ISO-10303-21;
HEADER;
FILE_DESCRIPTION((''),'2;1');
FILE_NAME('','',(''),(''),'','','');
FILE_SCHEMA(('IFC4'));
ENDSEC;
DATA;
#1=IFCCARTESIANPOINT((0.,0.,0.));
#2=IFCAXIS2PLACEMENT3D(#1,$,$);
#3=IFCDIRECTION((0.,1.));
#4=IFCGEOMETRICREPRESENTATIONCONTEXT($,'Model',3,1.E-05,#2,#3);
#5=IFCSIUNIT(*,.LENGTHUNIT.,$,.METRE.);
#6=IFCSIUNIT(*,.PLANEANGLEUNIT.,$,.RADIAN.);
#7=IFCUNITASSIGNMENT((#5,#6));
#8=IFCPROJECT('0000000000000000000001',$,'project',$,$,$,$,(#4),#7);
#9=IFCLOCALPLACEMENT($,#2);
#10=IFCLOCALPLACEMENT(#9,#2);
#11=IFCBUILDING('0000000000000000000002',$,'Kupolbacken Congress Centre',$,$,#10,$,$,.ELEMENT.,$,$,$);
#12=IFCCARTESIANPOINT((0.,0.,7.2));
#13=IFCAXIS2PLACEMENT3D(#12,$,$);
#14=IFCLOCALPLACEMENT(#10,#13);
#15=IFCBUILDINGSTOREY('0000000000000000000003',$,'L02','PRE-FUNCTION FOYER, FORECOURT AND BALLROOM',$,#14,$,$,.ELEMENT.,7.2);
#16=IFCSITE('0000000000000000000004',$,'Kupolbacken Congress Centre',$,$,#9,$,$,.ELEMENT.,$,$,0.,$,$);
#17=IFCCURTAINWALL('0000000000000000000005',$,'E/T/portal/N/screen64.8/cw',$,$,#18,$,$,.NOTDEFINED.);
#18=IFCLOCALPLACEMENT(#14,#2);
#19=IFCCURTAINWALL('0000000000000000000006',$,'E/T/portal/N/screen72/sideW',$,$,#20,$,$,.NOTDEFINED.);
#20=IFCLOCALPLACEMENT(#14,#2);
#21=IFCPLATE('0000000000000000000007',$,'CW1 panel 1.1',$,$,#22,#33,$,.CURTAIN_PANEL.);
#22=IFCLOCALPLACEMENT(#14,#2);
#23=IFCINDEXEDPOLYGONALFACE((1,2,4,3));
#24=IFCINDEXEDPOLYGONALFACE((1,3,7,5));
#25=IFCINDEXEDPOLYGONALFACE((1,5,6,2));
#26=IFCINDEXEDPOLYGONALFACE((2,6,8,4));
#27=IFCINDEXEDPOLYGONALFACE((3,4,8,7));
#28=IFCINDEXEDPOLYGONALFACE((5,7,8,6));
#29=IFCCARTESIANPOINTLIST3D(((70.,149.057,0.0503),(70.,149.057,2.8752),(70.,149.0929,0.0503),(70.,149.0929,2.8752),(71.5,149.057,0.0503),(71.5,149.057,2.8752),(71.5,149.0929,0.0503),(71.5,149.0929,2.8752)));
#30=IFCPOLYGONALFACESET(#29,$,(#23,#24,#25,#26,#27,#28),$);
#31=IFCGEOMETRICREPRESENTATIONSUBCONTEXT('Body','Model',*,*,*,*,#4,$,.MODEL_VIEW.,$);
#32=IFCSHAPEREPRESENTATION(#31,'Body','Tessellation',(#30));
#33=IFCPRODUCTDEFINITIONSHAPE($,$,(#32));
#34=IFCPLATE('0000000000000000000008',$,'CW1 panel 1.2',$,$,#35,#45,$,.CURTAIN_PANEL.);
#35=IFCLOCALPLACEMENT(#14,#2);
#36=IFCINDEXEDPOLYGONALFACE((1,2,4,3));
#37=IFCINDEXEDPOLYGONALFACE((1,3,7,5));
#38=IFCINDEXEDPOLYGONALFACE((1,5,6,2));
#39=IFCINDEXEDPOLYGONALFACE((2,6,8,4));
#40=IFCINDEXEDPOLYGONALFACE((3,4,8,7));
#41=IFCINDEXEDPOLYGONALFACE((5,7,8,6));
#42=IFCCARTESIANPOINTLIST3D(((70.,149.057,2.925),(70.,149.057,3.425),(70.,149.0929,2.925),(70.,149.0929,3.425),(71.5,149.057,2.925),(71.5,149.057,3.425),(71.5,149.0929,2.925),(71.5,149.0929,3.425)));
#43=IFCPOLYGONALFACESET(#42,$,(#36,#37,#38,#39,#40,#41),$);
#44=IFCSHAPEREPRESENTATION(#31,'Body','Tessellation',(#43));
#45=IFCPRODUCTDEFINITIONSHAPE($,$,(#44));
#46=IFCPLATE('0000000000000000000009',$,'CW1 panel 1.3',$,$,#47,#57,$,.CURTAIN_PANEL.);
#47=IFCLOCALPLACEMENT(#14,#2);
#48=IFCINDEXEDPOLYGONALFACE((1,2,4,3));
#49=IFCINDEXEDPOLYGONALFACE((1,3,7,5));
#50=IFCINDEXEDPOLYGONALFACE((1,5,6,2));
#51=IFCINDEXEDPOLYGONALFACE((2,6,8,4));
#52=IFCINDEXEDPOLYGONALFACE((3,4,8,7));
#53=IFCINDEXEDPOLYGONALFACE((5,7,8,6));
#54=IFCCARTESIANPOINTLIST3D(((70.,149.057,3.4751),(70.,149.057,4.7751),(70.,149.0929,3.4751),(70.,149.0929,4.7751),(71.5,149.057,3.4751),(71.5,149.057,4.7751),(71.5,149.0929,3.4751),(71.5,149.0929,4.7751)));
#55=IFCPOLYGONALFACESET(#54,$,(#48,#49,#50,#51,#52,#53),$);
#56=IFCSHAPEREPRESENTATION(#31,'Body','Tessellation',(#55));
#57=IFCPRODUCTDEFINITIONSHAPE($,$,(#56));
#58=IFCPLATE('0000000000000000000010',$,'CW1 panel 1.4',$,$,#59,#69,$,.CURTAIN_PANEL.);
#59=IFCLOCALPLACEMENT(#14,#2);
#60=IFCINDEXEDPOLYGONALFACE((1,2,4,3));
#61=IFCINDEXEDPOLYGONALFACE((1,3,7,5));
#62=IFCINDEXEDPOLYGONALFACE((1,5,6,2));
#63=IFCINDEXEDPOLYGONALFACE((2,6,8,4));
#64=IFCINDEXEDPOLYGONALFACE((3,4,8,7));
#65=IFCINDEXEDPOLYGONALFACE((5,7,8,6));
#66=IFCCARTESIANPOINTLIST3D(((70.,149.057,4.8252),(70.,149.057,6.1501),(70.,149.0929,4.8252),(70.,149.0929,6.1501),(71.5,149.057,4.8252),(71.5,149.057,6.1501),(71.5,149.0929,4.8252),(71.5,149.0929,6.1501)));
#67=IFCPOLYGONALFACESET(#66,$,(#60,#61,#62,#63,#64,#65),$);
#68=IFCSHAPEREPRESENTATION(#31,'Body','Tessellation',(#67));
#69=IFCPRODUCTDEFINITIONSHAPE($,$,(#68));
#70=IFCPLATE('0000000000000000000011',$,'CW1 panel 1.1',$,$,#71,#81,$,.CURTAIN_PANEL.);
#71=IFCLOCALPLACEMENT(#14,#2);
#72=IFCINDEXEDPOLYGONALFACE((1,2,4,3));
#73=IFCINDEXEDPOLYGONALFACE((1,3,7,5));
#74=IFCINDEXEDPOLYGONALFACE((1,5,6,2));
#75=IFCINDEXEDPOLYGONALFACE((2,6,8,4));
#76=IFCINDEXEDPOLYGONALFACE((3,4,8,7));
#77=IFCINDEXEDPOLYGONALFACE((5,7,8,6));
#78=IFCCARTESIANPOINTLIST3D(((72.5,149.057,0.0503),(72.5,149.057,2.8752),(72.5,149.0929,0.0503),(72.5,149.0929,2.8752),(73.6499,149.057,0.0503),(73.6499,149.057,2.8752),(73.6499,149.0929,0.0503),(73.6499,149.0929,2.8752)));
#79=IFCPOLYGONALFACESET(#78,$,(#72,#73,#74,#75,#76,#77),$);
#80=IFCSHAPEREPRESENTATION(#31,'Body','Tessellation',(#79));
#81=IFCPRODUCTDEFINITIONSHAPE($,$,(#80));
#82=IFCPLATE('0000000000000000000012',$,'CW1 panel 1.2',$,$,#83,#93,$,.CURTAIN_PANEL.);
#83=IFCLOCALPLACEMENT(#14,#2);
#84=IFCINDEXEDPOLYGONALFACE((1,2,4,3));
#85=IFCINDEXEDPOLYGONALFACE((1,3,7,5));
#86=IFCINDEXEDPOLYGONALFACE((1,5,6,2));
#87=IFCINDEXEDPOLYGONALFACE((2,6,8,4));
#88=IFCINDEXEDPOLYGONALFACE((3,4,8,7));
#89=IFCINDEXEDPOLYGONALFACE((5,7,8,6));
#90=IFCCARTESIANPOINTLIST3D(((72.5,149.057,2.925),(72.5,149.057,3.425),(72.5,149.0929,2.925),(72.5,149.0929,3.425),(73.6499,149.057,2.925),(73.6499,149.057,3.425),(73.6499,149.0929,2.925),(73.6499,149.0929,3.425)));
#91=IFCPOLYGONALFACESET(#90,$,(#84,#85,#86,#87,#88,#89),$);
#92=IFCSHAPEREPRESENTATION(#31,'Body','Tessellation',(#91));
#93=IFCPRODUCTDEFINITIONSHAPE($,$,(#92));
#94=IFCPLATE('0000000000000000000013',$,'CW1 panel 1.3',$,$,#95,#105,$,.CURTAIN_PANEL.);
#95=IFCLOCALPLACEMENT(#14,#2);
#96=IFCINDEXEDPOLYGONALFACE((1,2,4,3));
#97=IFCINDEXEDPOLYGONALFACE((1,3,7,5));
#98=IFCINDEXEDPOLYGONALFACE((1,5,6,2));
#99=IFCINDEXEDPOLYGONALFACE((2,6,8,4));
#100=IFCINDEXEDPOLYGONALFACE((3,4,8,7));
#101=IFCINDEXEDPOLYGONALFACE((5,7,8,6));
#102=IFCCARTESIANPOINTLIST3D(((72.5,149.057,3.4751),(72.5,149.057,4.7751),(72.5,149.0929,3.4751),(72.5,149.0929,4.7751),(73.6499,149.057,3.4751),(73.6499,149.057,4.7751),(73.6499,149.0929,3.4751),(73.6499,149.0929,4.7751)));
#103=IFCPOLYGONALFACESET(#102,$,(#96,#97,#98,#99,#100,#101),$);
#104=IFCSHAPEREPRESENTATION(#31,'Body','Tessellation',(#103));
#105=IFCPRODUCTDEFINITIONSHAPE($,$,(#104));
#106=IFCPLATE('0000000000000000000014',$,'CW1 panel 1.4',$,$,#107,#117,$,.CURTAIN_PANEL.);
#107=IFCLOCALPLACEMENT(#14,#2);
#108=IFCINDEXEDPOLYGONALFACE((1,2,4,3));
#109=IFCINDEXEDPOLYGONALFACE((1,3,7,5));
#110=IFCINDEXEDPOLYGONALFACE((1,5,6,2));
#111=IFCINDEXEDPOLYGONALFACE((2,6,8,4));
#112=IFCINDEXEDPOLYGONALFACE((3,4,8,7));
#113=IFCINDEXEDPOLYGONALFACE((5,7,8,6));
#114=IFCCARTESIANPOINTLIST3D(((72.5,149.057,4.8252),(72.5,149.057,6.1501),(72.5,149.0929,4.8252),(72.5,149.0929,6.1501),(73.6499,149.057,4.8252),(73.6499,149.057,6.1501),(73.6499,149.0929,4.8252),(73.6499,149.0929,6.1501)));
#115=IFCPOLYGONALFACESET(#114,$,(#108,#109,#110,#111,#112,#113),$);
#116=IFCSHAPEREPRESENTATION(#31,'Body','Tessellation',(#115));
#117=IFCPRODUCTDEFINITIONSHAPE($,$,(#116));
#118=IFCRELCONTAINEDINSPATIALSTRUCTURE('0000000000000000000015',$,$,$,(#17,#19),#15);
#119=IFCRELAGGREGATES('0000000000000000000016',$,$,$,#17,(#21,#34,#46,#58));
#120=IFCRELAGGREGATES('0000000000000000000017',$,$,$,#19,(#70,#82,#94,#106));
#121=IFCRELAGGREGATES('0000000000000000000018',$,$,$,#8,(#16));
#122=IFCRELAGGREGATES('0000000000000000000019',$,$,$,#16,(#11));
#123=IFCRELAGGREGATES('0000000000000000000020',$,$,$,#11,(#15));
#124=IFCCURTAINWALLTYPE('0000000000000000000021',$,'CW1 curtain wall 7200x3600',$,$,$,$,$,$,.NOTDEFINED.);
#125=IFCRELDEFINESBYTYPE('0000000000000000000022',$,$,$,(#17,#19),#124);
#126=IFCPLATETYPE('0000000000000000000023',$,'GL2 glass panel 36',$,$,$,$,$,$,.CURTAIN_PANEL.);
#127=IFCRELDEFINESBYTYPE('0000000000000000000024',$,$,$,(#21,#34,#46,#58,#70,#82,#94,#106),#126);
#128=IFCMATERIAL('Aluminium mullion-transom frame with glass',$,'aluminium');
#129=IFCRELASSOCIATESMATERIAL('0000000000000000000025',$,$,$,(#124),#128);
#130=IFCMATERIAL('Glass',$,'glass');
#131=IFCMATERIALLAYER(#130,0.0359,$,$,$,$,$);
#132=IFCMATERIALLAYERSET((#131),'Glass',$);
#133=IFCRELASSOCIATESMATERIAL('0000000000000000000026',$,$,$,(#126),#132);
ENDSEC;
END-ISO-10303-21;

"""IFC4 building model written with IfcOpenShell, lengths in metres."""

from ifc_helpers import new_model, si_unit, direction, frame, origin, origin_2d, place, context, subcontext, project, spatial, rectangle, extrude, material, layer, layer_set, type_object, element, aggregate, save


model = new_model("IFC4")

# Units and contexts
model_context = context("Model", 3, precision=1e-05, world=origin(), true_north=direction((0.0, 1.0)))
body_context = subcontext(model_context, "Body", "Model", "MODEL_VIEW")
ifc_project = project(units=[si_unit("LENGTHUNIT", "METRE"), si_unit("PLANEANGLEUNIT", "RADIAN")], contexts=[model_context])

# Site, building, storey
site_placement = place(None, origin())
site = spatial("IfcSite", under=ifc_project, at=site_placement, Name="Kupolbacken Congress Centre", CompositionType="ELEMENT", RefElevation=0.0)
building_placement = place(site_placement, origin())
building = spatial("IfcBuilding", under=site, at=building_placement, Name="Kupolbacken Congress Centre", CompositionType="ELEMENT")
storey_placement = place(building_placement, frame((0.0, 0.0, 7.2)))
storey = spatial("IfcBuildingStorey", under=building, at=storey_placement, Name="L02", Description="PRE-FUNCTION FOYER, FORECOURT AND BALLROOM", CompositionType="ELEMENT", Elevation=7.2)

# Curtain wall
ifc_material_1 = material(Name="Aluminium mullion-transom frame with glass", Category="aluminium")
curtain_wall_type = type_object("IfcCurtainWallType", Name="CW1 curtain wall 7200x3600", PredefinedType="NOTDEFINED", material=ifc_material_1)
curtain_wall_1_placement = place(storey_placement, origin())
curtain_wall_1 = element("IfcCurtainWall", 1, at=curtain_wall_1_placement, inside=storey, type_object=curtain_wall_type, Name="E/T/portal/N/screen64.8/cw", PredefinedType="NOTDEFINED")

# Curtain wall
curtain_wall_2_placement = place(storey_placement, origin())
curtain_wall_2 = element("IfcCurtainWall", 2, at=curtain_wall_2_placement, inside=storey, type_object=curtain_wall_type, Name="E/T/portal/N/screen72/sideW", PredefinedType="NOTDEFINED")

# Plates
ifc_material_2 = material(Name="Glass", Category="glass")
ifc_layer = layer(ifc_material_2, 0.0359)
ifc_layer_set = layer_set([ifc_layer], Name="Glass")
plate_type = type_object("IfcPlateType", Name="GL2 glass panel 36", PredefinedType="CURTAIN_PANEL", material=ifc_layer_set)
plate_1_placement = place(storey_placement, frame((70.75, 149.075, 0.0503), z_axis=(0.0, 0.0, 1.0), x_axis=(-1.0, 0.0, 0.0)))
plate_1 = element("IfcPlate", 3, at=plate_1_placement, type_object=plate_type, Name="CW1 panel 1.1", PredefinedType="CURTAIN_PANEL", context=body_context, shape_type="SweptSolid", body=[
    extrude(rectangle(XDim=1.5, YDim=0.0359, at=origin_2d()), origin(), (0.0, 0.0, 1.0), 2.825),
])
plate_2_placement = place(storey_placement, frame((70.75, 149.075, 2.925), z_axis=(0.0, 0.0, 1.0), x_axis=(-1.0, 0.0, 0.0)))
plate_2 = element("IfcPlate", 4, at=plate_2_placement, type_object=plate_type, Name="CW1 panel 1.2", PredefinedType="CURTAIN_PANEL", context=body_context, shape_type="SweptSolid", body=[
    extrude(rectangle(XDim=1.5, YDim=0.0359, at=origin_2d()), origin(), (0.0, 0.0, 1.0), 0.5),
])
plate_3_placement = place(storey_placement, frame((70.75, 149.075, 3.4751), z_axis=(0.0, 0.0, 1.0), x_axis=(-1.0, 0.0, 0.0)))
plate_3 = element("IfcPlate", 5, at=plate_3_placement, type_object=plate_type, Name="CW1 panel 1.3", PredefinedType="CURTAIN_PANEL", context=body_context, shape_type="SweptSolid", body=[
    extrude(rectangle(XDim=1.5, YDim=0.0359, at=origin_2d()), origin(), (0.0, 0.0, 1.0), 1.3),
])
plate_4_placement = place(storey_placement, frame((70.75, 149.075, 4.8252), z_axis=(0.0, 0.0, 1.0), x_axis=(-1.0, 0.0, 0.0)))
plate_4 = element("IfcPlate", 6, at=plate_4_placement, type_object=plate_type, Name="CW1 panel 1.4", PredefinedType="CURTAIN_PANEL", context=body_context, shape_type="SweptSolid", body=[
    extrude(rectangle(XDim=1.5, YDim=0.0359, at=origin_2d()), origin(), (0.0, 0.0, 1.0), 1.325),
])
aggregate(curtain_wall_1, [plate_1, plate_2, plate_3, plate_4])
plate_5_placement = place(storey_placement, frame((73.075, 149.075, 0.0503), z_axis=(0.0, 0.0, 1.0), x_axis=(-1.0, 0.0, 0.0)))
plate_5 = element("IfcPlate", 7, at=plate_5_placement, type_object=plate_type, Name="CW1 panel 1.1", PredefinedType="CURTAIN_PANEL", context=body_context, shape_type="SweptSolid", body=[
    extrude(rectangle(XDim=1.1499, YDim=0.0359, at=origin_2d()), origin(), (0.0, 0.0, 1.0), 2.825),
])
plate_6_placement = place(storey_placement, frame((73.075, 149.075, 2.925), z_axis=(0.0, 0.0, 1.0), x_axis=(-1.0, 0.0, 0.0)))
plate_6 = element("IfcPlate", 8, at=plate_6_placement, type_object=plate_type, Name="CW1 panel 1.2", PredefinedType="CURTAIN_PANEL", context=body_context, shape_type="SweptSolid", body=[
    extrude(rectangle(XDim=1.1499, YDim=0.0359, at=origin_2d()), origin(), (0.0, 0.0, 1.0), 0.5),
])
plate_7_placement = place(storey_placement, frame((73.075, 149.075, 3.4751), z_axis=(0.0, 0.0, 1.0), x_axis=(-1.0, 0.0, 0.0)))
plate_7 = element("IfcPlate", 9, at=plate_7_placement, type_object=plate_type, Name="CW1 panel 1.3", PredefinedType="CURTAIN_PANEL", context=body_context, shape_type="SweptSolid", body=[
    extrude(rectangle(XDim=1.1499, YDim=0.0359, at=origin_2d()), origin(), (0.0, 0.0, 1.0), 1.3),
])
plate_8_placement = place(storey_placement, frame((73.075, 149.075, 4.8252), z_axis=(0.0, 0.0, 1.0), x_axis=(-1.0, 0.0, 0.0)))
plate_8 = element("IfcPlate", 10, at=plate_8_placement, type_object=plate_type, Name="CW1 panel 1.4", PredefinedType="CURTAIN_PANEL", context=body_context, shape_type="SweptSolid", body=[
    extrude(rectangle(XDim=1.1499, YDim=0.0359, at=origin_2d()), origin(), (0.0, 0.0, 1.0), 1.325),
])
aggregate(curtain_wall_2, [plate_5, plate_6, plate_7, plate_8])

save(model, "model.ifc")
